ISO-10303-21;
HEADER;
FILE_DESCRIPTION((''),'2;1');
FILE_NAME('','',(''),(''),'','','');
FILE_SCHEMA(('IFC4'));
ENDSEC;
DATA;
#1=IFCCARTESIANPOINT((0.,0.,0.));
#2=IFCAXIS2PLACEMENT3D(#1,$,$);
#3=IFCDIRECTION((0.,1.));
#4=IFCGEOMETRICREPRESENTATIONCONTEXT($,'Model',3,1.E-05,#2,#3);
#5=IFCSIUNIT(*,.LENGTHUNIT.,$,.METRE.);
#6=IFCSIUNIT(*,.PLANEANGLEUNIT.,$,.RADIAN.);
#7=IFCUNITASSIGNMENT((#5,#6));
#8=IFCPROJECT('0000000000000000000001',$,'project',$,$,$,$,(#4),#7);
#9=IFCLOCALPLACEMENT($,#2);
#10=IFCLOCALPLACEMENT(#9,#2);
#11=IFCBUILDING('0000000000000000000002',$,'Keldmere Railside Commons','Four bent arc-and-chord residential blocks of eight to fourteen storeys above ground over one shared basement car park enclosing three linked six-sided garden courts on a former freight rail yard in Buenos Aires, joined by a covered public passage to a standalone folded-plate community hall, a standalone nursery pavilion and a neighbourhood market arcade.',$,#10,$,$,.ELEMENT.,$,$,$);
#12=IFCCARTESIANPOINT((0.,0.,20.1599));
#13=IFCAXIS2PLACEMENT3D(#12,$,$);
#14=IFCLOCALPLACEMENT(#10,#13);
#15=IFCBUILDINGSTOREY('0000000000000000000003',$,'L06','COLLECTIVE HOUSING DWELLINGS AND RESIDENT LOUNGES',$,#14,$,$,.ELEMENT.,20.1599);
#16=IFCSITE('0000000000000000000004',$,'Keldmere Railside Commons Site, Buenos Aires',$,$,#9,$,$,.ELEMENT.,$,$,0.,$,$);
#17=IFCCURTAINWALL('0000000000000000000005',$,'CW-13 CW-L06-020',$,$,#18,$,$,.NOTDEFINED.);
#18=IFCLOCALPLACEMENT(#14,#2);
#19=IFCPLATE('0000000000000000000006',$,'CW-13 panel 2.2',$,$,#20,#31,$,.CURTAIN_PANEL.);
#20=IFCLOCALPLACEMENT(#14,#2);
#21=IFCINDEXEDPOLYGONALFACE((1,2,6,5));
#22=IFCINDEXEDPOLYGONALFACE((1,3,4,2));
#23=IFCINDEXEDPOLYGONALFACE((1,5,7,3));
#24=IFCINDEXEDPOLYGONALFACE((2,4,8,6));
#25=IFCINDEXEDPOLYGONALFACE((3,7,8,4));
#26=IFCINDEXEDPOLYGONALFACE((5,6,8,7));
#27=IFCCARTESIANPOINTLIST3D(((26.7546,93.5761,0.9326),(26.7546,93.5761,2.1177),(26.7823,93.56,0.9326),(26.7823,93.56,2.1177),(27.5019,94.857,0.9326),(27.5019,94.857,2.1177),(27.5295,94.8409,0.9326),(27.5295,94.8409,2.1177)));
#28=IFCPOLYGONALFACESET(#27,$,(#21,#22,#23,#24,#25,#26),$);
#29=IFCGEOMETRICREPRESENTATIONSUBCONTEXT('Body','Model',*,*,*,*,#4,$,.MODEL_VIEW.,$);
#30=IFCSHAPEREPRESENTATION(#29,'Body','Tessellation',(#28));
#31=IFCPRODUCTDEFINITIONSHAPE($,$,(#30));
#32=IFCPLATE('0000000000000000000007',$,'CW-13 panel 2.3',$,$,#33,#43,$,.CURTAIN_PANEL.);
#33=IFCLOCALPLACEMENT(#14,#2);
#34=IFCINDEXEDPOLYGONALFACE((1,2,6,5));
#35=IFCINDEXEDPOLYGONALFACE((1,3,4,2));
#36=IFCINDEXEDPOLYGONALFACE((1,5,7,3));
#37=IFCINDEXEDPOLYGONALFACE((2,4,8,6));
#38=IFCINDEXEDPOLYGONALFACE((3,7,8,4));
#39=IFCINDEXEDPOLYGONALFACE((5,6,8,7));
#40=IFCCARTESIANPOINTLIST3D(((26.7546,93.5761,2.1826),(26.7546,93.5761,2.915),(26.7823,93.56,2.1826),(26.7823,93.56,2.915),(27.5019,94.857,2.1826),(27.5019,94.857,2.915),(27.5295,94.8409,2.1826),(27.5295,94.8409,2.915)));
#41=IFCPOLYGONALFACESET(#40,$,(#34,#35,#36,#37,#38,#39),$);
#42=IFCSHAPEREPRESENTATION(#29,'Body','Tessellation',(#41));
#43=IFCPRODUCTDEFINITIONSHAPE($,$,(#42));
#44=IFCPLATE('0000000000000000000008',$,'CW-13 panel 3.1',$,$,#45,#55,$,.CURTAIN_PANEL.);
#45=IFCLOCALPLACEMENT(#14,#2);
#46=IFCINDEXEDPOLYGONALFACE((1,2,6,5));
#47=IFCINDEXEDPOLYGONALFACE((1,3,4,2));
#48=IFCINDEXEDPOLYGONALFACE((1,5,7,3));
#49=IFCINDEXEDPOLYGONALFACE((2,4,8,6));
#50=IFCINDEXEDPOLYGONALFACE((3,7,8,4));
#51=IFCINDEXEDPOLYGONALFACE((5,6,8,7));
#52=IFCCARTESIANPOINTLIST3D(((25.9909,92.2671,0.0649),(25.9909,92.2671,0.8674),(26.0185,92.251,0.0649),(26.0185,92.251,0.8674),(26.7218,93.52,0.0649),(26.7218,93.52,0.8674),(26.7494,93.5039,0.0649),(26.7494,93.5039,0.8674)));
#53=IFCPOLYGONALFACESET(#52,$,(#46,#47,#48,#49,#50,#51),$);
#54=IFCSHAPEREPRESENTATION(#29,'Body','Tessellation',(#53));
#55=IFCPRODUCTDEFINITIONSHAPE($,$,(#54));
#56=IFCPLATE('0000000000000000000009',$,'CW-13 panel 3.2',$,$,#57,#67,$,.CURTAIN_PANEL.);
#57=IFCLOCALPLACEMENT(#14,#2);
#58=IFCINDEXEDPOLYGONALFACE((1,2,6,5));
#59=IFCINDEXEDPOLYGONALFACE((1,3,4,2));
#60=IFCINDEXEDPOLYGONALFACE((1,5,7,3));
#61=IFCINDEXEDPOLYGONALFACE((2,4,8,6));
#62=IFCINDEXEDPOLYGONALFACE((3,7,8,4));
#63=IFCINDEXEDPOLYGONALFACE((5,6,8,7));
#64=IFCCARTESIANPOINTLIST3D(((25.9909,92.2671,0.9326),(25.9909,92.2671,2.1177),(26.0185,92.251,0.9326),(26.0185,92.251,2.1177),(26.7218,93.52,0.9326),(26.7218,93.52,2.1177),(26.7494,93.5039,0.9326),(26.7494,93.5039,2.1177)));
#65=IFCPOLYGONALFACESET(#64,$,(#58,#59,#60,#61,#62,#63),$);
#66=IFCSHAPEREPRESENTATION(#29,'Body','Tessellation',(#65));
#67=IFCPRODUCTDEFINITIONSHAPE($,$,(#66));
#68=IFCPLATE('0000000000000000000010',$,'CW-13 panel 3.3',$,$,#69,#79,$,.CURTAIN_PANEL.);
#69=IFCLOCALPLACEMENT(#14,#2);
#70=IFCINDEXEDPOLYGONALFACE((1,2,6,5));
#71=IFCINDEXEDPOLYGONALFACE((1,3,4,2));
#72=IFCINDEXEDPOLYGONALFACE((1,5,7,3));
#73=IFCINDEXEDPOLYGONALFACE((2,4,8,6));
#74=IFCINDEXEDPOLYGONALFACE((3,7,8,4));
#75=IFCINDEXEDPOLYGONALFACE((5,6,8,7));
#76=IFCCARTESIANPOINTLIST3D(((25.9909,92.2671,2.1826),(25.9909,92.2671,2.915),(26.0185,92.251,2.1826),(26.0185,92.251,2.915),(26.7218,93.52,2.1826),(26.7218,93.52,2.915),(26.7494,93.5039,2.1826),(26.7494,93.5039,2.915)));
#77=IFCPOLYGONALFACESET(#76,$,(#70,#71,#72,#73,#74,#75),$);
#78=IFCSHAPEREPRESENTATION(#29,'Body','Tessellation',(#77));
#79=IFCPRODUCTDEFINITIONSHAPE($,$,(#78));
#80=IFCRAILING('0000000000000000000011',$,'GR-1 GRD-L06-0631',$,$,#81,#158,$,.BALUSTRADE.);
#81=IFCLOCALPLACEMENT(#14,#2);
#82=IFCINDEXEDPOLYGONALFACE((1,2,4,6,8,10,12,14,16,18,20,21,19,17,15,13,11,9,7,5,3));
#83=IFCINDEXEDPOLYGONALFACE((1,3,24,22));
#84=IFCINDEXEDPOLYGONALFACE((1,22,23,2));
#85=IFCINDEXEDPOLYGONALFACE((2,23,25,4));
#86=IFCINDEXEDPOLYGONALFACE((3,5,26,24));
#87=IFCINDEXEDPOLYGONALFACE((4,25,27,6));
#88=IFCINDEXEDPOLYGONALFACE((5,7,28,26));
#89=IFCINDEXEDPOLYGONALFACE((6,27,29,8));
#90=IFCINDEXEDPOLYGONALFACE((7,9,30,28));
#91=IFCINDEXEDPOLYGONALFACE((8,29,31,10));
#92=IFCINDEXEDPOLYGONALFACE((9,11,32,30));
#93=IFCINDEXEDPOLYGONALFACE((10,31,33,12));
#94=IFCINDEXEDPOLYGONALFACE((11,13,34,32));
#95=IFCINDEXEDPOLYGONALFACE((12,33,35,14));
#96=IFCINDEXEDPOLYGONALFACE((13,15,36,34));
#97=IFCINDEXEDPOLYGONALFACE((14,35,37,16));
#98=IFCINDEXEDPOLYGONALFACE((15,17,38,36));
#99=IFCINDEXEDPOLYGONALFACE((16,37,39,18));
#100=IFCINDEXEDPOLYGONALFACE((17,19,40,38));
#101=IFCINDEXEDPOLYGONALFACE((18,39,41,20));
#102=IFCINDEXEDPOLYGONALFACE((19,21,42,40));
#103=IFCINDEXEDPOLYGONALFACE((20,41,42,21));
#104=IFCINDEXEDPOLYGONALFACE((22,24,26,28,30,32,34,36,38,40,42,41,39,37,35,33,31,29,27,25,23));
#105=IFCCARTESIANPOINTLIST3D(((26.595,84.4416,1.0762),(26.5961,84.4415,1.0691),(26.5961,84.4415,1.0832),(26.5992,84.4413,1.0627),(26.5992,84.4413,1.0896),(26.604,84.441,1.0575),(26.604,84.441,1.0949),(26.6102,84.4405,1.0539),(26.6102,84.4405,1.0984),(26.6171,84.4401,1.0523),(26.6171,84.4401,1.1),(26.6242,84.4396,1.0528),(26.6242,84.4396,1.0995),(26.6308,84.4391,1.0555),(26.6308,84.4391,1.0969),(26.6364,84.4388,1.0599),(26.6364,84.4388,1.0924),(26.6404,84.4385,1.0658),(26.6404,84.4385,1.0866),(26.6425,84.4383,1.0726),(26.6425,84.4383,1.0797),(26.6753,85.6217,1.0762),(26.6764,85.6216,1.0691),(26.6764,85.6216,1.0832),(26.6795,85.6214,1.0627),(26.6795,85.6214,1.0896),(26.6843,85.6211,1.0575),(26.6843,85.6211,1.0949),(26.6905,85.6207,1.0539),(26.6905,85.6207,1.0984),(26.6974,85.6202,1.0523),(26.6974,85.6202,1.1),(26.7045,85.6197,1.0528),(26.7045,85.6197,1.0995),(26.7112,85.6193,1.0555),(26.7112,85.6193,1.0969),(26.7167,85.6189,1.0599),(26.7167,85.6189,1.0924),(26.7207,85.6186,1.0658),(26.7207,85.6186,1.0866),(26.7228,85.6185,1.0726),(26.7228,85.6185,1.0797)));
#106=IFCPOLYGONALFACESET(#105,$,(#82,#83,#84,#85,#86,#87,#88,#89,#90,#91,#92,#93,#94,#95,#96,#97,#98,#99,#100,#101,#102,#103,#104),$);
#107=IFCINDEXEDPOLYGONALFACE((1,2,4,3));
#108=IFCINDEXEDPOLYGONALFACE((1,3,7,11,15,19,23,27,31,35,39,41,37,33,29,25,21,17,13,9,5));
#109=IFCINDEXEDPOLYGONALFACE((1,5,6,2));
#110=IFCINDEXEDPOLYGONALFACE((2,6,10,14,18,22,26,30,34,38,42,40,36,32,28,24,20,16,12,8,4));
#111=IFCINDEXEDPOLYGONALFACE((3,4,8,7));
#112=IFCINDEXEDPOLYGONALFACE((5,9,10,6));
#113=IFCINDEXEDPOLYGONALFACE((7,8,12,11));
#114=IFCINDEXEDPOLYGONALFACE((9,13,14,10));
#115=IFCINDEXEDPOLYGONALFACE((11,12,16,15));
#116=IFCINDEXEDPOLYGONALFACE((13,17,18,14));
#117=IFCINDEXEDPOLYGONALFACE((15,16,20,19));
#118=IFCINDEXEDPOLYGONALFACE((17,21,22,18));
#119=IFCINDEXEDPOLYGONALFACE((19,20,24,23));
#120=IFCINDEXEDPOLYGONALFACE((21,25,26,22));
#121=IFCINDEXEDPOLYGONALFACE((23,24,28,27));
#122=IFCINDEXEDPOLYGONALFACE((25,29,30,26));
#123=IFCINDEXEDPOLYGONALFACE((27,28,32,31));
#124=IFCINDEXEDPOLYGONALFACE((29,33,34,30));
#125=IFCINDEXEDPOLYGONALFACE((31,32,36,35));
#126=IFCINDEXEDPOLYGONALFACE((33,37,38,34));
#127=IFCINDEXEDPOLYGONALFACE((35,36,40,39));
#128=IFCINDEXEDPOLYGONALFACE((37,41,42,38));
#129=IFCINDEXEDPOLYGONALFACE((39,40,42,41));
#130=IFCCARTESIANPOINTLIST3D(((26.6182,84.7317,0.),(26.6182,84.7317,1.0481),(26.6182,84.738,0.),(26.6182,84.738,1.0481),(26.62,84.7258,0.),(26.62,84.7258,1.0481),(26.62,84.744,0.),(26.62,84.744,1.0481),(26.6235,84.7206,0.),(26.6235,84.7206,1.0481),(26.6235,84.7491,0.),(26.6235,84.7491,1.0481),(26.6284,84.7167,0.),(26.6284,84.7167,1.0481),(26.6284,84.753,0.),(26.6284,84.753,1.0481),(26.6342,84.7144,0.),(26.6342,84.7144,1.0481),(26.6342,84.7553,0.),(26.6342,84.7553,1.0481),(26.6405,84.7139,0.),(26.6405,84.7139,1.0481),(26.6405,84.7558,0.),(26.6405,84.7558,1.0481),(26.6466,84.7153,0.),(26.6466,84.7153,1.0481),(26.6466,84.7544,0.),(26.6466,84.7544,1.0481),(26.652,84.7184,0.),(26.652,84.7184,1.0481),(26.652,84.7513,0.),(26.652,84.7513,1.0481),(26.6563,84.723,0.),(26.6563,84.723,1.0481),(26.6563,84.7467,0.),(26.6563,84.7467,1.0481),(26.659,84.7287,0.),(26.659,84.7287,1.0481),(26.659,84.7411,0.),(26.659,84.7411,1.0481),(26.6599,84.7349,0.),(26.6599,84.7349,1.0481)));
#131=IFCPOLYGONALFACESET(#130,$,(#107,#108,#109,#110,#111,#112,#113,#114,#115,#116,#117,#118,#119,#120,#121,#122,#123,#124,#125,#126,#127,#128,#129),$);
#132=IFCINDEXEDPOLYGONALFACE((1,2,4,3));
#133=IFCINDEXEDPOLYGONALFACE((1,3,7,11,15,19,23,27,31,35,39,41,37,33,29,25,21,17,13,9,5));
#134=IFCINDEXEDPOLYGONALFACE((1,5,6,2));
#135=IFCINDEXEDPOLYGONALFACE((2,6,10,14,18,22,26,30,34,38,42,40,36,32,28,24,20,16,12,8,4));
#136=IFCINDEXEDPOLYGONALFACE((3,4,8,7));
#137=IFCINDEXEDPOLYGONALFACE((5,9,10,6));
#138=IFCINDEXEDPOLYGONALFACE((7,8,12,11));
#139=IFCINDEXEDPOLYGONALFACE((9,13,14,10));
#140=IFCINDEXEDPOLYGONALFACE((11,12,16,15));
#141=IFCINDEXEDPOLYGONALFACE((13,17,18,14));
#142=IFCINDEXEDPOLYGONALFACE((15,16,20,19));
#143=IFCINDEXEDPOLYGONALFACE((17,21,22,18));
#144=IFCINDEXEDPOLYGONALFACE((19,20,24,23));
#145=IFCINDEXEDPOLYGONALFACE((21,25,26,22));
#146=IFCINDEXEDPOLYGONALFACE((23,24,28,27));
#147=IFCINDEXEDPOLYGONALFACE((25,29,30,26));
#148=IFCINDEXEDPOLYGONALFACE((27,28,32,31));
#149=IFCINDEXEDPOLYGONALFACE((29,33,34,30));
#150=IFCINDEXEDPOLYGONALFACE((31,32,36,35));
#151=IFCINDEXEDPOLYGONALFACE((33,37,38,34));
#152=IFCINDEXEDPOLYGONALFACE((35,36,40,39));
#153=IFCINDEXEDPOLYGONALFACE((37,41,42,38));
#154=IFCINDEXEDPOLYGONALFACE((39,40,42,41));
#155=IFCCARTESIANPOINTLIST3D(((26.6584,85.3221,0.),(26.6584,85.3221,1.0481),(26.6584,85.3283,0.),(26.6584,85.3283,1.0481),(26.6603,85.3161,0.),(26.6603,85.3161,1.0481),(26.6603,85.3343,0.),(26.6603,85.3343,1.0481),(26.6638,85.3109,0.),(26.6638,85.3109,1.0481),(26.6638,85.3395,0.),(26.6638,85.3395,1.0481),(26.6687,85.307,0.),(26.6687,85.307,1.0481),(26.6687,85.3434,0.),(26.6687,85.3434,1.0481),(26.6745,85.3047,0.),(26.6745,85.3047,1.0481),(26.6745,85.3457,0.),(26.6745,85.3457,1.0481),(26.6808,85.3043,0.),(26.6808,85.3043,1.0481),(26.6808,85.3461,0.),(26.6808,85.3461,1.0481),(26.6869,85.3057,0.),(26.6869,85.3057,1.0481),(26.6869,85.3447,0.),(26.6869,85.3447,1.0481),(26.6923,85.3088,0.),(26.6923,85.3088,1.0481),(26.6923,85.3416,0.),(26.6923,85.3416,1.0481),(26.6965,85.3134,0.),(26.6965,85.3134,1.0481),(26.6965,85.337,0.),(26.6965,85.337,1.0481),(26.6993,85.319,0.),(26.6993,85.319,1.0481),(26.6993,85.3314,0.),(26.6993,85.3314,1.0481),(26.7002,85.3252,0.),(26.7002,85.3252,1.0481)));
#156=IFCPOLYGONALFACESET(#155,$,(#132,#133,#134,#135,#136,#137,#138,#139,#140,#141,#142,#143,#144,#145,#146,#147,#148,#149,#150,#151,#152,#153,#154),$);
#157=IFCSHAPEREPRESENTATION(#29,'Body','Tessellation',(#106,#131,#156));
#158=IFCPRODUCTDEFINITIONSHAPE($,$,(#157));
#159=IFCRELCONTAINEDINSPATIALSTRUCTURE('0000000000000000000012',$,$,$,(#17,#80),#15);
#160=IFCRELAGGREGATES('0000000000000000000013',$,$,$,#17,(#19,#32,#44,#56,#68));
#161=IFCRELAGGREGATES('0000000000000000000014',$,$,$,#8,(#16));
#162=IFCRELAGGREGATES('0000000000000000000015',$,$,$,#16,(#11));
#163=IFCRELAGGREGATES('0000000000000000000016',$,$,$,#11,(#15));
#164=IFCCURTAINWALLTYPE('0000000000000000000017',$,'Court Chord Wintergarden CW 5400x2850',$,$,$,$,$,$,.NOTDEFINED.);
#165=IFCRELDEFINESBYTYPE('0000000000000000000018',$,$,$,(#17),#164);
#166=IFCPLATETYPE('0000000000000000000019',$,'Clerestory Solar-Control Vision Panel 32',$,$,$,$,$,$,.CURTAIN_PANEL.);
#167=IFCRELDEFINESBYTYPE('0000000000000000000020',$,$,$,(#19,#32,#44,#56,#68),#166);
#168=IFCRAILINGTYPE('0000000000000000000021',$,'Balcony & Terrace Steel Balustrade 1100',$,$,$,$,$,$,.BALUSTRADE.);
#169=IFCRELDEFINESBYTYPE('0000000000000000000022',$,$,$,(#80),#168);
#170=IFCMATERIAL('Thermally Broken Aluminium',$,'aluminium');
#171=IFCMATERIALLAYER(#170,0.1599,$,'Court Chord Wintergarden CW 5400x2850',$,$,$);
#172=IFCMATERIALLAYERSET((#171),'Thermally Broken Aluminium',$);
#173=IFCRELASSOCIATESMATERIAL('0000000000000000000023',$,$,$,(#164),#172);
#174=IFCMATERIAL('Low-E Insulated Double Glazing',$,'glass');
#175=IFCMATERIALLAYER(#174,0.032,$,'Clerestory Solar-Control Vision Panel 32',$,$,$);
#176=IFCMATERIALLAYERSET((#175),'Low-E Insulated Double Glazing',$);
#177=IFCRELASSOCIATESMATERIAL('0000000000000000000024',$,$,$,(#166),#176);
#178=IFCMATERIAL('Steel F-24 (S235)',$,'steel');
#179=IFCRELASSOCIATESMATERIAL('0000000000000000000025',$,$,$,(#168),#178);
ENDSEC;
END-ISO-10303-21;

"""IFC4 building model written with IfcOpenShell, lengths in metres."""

from ifc_helpers import new_model, si_unit, direction, frame, origin, origin_2d, place, context, subcontext, project, spatial, rectangle, circle, extrude, material, layer, layer_set, type_object, element, aggregate, save


model = new_model("IFC4")

# Units and contexts
model_context = context("Model", 3, precision=1e-05, world=origin(), true_north=direction((0.0, 1.0)))
body_context = subcontext(model_context, "Body", "Model", "MODEL_VIEW")
ifc_project = project(units=[si_unit("LENGTHUNIT", "METRE"), si_unit("PLANEANGLEUNIT", "RADIAN")], contexts=[model_context])

# Site, building, storey
site_placement = place(None, origin())
site = spatial("IfcSite", under=ifc_project, at=site_placement, Name="Keldmere Railside Commons Site, Buenos Aires", CompositionType="ELEMENT", RefElevation=0.0)
building_placement = place(site_placement, origin())
building = spatial("IfcBuilding", under=site, at=building_placement, Name="Keldmere Railside Commons", Description="Four bent arc-and-chord residential blocks of eight to fourteen storeys above ground over one shared basement car park enclosing three linked six-sided garden courts on a former freight rail yard in Buenos Aires, joined by a covered public passage to a standalone folded-plate community hall, a standalone nursery pavilion and a neighbourhood market arcade.", CompositionType="ELEMENT")
storey_placement = place(building_placement, frame((0.0, 0.0, 20.1599)))
storey = spatial("IfcBuildingStorey", under=building, at=storey_placement, Name="L06", Description="COLLECTIVE HOUSING DWELLINGS AND RESIDENT LOUNGES", CompositionType="ELEMENT", Elevation=20.1599)

# Curtain wall, plates
ifc_material_1 = material(Name="Thermally Broken Aluminium", Category="aluminium")
ifc_layer_1 = layer(ifc_material_1, 0.1599, Name="Court Chord Wintergarden CW 5400x2850")
ifc_layer_set_1 = layer_set([ifc_layer_1], Name="Thermally Broken Aluminium")
curtain_wall_type = type_object("IfcCurtainWallType", Name="Court Chord Wintergarden CW 5400x2850", PredefinedType="NOTDEFINED", material=ifc_layer_set_1)
curtain_wall_placement = place(storey_placement, origin())
curtain_wall = element("IfcCurtainWall", 1, at=curtain_wall_placement, inside=storey, type_object=curtain_wall_type, Name="CW-13 CW-L06-020", PredefinedType="NOTDEFINED")
ifc_material_2 = material(Name="Low-E Insulated Double Glazing", Category="glass")
ifc_layer_2 = layer(ifc_material_2, 0.032, Name="Clerestory Solar-Control Vision Panel 32")
ifc_layer_set_2 = layer_set([ifc_layer_2], Name="Low-E Insulated Double Glazing")
plate_type = type_object("IfcPlateType", Name="Clerestory Solar-Control Vision Panel 32", PredefinedType="CURTAIN_PANEL", material=ifc_layer_set_2)
plate_1_placement = place(storey_placement, frame((27.1421, 94.2085, 0.9326), z_axis=(0.0, 0.0, 1.0), x_axis=(-0.503911, -0.863755, 0.0)))
plate_1 = element("IfcPlate", 2, at=plate_1_placement, type_object=plate_type, Name="CW-13 panel 2.2", PredefinedType="CURTAIN_PANEL", context=body_context, shape_type="SweptSolid", body=[
    extrude(rectangle(XDim=1.4829, YDim=0.032, at=origin_2d()), origin(), (0.0, 0.0, 1.0), 1.1851),
])
plate_2_placement = place(storey_placement, frame((27.1421, 94.2085, 2.1826), z_axis=(0.0, 0.0, 1.0), x_axis=(-0.503911, -0.863755, 0.0)))
plate_2 = element("IfcPlate", 3, at=plate_2_placement, type_object=plate_type, Name="CW-13 panel 2.3", PredefinedType="CURTAIN_PANEL", context=body_context, shape_type="SweptSolid", body=[
    extrude(rectangle(XDim=1.4829, YDim=0.032, at=origin_2d()), origin(), (0.0, 0.0, 1.0), 0.7324),
])
plate_3_placement = place(storey_placement, frame((26.3701, 92.8855, 0.0649), z_axis=(0.0, 0.0, 1.0), x_axis=(-0.503911, -0.863755, 0.0)))
plate_3 = element("IfcPlate", 4, at=plate_3_placement, type_object=plate_type, Name="CW-13 panel 3.1", PredefinedType="CURTAIN_PANEL", context=body_context, shape_type="SweptSolid", body=[
    extrude(rectangle(XDim=1.4504, YDim=0.032, at=origin_2d()), origin(), (0.0, 0.0, 1.0), 0.8025),
])
plate_4_placement = place(storey_placement, frame((26.3701, 92.8855, 0.9326), z_axis=(0.0, 0.0, 1.0), x_axis=(-0.503911, -0.863755, 0.0)))
plate_4 = element("IfcPlate", 5, at=plate_4_placement, type_object=plate_type, Name="CW-13 panel 3.2", PredefinedType="CURTAIN_PANEL", context=body_context, shape_type="SweptSolid", body=[
    extrude(rectangle(XDim=1.4504, YDim=0.032, at=origin_2d()), origin(), (0.0, 0.0, 1.0), 1.1851),
])
plate_5_placement = place(storey_placement, frame((26.3701, 92.8855, 2.1826), z_axis=(0.0, 0.0, 1.0), x_axis=(-0.503911, -0.863755, 0.0)))
plate_5 = element("IfcPlate", 6, at=plate_5_placement, type_object=plate_type, Name="CW-13 panel 3.3", PredefinedType="CURTAIN_PANEL", context=body_context, shape_type="SweptSolid", body=[
    extrude(rectangle(XDim=1.4504, YDim=0.032, at=origin_2d()), origin(), (0.0, 0.0, 1.0), 0.7324),
])
aggregate(curtain_wall, [plate_1, plate_2, plate_3, plate_4, plate_5])

# Railing
ifc_material_3 = material(Name="Steel F-24 (S235)", Category="steel")
railing_type = type_object("IfcRailingType", Name="Balcony & Terrace Steel Balustrade 1100", PredefinedType="BALUSTRADE", material=ifc_material_3)
railing_1_placement = place(storey_placement, frame((26.6189, 84.4399, 0.0)))
element("IfcRailing", 7, at=railing_1_placement, inside=storey, type_object=railing_type, Name="GR-1 GRD-L06-0631", PredefinedType="BALUSTRADE", context=body_context, shape_type="SweptSolid", body=[
    extrude(circle(Radius=0.0239, at=origin_2d()), frame((0.0, 0.0, 1.0762), z_axis=(0.067902, 0.997692, 0.0), x_axis=(-0.997692, 0.067902, 0.0)), (0.0, 0.0, 1.0), 1.1829),
    extrude(circle(Radius=0.021, at=origin_2d()), frame((0.02, 0.2949, 0.0)), (0.0, 0.0, 1.0), 1.0481),
    extrude(circle(Radius=0.021, at=origin_2d()), frame((0.0603, 0.8853, 0.0)), (0.0, 0.0, 1.0), 1.0481),
])

save(model, "model.ifc")
